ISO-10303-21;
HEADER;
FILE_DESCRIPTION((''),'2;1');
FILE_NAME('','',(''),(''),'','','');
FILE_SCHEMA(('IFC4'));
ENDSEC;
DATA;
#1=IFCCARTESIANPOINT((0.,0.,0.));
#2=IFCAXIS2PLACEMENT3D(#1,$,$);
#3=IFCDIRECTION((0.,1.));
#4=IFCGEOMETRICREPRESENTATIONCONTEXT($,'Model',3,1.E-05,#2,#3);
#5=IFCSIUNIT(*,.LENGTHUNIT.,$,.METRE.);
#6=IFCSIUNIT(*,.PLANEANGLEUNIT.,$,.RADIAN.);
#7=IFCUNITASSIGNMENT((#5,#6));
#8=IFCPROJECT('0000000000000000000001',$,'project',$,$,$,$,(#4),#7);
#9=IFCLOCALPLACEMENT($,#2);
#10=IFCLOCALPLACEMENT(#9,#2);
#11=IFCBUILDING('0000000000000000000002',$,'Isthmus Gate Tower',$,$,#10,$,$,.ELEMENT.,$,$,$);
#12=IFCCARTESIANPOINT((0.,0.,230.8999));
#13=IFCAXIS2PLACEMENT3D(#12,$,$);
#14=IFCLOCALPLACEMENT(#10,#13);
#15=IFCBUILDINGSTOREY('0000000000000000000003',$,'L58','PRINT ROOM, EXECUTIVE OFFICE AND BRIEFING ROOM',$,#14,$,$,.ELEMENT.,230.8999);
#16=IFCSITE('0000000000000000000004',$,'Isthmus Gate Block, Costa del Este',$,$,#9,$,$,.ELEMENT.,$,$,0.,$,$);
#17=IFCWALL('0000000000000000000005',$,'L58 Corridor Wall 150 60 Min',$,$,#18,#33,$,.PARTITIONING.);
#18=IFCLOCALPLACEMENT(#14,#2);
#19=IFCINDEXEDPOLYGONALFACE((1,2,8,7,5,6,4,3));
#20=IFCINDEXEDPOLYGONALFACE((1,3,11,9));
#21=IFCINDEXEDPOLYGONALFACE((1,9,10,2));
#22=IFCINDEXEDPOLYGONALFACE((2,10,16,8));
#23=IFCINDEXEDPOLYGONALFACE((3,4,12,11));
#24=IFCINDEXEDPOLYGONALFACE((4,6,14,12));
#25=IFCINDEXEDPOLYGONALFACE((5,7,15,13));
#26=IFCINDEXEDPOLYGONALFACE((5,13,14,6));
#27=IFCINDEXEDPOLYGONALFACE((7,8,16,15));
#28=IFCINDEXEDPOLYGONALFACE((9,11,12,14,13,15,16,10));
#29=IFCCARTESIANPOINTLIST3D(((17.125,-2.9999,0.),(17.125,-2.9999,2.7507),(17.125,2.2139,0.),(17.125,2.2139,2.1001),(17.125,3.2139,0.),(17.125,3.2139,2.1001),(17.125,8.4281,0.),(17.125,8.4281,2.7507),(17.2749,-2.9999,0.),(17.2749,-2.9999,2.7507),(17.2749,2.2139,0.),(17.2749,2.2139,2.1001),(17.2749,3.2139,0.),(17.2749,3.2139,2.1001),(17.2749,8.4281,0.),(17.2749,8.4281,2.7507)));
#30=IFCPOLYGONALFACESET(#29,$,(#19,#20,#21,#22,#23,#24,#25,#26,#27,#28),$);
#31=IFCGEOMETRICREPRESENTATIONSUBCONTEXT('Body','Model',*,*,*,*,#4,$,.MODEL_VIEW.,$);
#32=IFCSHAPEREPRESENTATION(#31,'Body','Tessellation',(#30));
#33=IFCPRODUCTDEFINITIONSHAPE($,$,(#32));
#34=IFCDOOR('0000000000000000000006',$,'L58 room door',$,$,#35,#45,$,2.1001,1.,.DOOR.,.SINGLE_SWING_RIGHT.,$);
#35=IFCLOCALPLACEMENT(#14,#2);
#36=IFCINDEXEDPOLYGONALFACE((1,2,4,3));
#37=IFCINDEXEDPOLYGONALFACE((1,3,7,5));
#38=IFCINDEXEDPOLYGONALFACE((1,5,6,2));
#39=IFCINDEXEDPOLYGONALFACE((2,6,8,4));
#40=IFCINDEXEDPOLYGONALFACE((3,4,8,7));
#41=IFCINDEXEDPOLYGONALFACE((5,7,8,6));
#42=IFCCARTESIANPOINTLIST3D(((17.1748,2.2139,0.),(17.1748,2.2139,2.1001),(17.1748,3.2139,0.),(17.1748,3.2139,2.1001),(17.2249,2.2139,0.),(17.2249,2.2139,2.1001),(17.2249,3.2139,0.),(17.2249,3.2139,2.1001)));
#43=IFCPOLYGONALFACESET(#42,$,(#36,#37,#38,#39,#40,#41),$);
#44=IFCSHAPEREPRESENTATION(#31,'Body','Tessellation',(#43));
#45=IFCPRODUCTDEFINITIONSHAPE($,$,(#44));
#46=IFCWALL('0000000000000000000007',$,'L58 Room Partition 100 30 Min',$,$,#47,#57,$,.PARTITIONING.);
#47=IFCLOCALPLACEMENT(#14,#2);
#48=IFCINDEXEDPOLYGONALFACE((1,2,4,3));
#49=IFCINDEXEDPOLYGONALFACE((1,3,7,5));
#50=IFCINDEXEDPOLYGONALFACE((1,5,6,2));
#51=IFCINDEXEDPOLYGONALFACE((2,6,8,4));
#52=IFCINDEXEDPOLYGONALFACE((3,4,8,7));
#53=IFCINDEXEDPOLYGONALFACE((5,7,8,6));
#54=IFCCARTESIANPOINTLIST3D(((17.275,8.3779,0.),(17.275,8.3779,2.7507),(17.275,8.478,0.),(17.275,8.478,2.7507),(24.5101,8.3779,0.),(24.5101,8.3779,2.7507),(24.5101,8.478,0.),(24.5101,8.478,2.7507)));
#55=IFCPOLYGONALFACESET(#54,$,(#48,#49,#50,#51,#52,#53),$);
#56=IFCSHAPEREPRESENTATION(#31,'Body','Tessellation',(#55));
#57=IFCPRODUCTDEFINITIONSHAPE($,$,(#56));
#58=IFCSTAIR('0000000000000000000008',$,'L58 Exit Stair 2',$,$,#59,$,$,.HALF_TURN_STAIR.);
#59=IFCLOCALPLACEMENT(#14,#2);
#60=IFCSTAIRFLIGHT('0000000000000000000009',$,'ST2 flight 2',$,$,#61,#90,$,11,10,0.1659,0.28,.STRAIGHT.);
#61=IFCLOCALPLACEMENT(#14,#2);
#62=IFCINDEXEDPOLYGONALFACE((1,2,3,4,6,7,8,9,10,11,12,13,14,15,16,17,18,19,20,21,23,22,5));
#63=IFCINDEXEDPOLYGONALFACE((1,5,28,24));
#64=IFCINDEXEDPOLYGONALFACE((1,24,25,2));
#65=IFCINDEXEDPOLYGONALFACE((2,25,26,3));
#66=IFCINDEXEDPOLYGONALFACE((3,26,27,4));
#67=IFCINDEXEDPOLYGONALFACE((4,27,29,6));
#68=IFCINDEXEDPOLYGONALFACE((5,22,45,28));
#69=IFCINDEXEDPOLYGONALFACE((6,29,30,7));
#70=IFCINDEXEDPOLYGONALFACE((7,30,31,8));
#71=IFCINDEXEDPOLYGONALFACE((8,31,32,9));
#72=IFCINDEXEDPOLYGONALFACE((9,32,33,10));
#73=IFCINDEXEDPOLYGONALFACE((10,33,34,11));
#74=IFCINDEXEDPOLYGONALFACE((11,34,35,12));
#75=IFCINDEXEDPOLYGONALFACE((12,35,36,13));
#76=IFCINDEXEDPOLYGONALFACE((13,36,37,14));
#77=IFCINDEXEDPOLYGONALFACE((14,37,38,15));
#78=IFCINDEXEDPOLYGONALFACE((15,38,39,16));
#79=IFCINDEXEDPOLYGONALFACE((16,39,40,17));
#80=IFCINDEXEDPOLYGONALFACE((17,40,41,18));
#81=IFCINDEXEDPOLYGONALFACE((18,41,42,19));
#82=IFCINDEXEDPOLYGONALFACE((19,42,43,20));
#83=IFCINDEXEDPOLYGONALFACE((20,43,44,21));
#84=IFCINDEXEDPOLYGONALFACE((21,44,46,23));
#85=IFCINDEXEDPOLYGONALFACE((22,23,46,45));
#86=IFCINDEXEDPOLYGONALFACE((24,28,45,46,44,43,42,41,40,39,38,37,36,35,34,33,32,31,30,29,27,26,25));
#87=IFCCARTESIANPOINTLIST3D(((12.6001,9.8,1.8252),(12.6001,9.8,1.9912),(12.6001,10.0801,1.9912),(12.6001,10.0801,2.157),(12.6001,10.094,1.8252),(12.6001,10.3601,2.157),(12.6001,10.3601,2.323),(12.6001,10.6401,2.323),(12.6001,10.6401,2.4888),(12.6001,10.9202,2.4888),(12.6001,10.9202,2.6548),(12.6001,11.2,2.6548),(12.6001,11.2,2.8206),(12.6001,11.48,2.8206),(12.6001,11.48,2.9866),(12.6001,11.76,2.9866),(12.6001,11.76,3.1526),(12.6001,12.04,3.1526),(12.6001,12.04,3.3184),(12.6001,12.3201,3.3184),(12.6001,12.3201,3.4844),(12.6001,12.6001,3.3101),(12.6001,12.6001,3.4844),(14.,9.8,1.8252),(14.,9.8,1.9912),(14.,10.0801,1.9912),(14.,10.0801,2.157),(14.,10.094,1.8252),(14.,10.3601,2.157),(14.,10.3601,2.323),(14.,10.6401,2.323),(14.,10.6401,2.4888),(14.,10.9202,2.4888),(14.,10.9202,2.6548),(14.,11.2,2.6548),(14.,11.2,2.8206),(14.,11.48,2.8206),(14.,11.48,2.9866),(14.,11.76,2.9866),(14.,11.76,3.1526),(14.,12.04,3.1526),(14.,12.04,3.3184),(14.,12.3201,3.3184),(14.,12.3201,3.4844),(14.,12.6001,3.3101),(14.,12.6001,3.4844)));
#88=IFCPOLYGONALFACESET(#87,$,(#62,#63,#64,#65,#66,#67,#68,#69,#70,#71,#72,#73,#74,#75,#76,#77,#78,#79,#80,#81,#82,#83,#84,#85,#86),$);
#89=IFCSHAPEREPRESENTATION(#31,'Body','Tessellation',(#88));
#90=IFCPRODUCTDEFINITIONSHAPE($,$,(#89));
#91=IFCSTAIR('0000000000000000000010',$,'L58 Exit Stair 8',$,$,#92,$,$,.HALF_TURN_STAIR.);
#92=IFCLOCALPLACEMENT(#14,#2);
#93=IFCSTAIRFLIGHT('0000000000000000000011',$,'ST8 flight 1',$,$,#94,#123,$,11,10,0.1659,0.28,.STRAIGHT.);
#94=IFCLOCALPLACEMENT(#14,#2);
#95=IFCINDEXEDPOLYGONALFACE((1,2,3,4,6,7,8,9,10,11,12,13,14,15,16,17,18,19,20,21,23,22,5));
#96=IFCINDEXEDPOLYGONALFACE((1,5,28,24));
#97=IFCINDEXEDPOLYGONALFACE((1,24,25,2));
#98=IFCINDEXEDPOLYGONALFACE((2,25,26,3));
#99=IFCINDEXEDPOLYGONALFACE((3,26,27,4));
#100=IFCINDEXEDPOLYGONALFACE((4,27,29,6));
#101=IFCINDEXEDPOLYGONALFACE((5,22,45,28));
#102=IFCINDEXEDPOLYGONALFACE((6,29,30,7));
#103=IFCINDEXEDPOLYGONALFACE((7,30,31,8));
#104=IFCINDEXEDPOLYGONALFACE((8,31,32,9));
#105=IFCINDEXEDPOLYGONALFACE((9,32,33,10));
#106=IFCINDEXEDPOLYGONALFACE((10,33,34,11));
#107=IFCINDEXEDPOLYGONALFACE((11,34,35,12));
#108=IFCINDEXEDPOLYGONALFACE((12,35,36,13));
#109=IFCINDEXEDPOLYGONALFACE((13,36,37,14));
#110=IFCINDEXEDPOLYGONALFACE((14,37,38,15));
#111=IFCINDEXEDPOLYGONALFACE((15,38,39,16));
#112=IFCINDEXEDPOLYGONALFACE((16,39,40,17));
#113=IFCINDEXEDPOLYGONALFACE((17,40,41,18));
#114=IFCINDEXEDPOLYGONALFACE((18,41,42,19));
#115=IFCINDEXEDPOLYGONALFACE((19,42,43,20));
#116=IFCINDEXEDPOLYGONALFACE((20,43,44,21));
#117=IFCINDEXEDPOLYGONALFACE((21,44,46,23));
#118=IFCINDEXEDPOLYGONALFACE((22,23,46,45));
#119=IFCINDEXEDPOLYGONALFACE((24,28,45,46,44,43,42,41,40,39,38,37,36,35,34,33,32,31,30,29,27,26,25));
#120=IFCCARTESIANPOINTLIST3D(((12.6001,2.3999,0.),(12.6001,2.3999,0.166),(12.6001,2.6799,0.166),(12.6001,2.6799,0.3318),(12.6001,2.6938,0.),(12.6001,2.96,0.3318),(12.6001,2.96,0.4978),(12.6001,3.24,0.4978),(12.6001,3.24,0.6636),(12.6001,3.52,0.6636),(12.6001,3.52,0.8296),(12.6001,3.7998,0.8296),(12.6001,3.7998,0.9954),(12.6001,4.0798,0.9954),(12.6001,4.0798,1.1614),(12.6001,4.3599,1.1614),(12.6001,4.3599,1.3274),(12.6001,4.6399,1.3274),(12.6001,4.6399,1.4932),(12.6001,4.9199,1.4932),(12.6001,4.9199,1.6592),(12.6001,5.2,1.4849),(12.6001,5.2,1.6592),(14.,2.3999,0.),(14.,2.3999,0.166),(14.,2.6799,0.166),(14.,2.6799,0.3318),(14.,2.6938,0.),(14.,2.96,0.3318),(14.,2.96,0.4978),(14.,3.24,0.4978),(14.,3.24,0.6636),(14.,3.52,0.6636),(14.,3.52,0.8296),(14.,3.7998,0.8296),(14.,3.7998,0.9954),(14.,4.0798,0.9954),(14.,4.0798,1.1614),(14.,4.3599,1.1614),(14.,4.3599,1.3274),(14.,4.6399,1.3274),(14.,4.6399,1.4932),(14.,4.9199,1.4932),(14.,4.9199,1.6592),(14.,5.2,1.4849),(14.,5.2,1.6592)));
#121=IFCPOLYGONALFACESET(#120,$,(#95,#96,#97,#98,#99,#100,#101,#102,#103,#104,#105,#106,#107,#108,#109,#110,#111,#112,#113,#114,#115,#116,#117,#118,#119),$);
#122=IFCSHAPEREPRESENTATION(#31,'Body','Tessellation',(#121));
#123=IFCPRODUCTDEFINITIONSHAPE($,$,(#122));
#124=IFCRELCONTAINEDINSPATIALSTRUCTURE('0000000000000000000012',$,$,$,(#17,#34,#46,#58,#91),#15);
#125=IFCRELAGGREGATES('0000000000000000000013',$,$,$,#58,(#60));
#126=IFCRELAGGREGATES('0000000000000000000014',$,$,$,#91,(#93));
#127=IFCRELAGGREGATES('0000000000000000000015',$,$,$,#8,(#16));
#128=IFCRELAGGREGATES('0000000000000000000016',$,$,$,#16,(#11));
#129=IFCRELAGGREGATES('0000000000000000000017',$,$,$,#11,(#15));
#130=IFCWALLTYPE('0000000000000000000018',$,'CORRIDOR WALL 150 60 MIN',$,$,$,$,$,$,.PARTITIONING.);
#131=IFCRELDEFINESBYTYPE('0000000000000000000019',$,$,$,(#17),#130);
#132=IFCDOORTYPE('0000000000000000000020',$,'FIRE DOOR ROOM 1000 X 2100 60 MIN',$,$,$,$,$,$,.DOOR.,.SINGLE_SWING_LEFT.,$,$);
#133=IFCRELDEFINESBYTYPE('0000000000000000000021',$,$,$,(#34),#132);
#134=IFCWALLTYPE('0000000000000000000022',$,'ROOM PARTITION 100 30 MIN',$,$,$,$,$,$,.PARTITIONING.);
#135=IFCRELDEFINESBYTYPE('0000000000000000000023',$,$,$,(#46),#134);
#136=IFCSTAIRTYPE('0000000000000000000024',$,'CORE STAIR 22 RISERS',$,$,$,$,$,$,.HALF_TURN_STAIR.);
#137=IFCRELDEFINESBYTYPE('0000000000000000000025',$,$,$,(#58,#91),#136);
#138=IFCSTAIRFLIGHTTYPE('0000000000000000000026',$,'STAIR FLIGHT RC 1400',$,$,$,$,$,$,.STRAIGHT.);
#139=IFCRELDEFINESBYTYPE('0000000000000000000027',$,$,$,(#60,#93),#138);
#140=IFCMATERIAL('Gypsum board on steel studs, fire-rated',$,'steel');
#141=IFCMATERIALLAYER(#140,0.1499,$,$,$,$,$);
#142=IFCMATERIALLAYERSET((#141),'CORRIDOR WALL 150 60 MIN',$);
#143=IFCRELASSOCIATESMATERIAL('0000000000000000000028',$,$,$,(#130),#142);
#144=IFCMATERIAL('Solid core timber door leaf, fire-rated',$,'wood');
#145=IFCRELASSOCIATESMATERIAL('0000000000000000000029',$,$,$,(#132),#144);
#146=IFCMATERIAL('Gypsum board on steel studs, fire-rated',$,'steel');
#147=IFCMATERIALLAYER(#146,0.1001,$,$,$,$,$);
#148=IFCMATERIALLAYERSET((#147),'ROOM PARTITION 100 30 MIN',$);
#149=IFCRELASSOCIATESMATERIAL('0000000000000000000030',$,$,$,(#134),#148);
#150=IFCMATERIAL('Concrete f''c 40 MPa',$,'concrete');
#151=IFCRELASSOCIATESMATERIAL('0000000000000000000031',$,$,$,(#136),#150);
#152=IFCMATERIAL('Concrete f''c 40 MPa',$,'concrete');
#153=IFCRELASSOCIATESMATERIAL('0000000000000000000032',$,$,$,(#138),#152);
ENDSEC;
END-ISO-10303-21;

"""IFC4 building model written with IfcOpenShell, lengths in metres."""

from ifc_helpers import new_model, si_unit, direction, frame, frame_2d, origin, place, context, subcontext, project, spatial, polyline, rectangle, outline, extrude, material, layer, layer_set, type_object, element, fill, aggregate, save


model = new_model("IFC4")

# Units and contexts
model_context = context("Model", 3, precision=1e-05, world=origin(), true_north=direction((0.0, 1.0)))
body_context = subcontext(model_context, "Body", "Model", "MODEL_VIEW")
ifc_project = project(units=[si_unit("LENGTHUNIT", "METRE"), si_unit("PLANEANGLEUNIT", "RADIAN")], contexts=[model_context])

# Site, building, storey
site_placement = place(None, origin())
site = spatial("IfcSite", under=ifc_project, at=site_placement, Name="Isthmus Gate Block, Costa del Este", CompositionType="ELEMENT", RefElevation=0.0)
building_placement = place(site_placement, origin())
building = spatial("IfcBuilding", under=site, at=building_placement, Name="Isthmus Gate Tower", CompositionType="ELEMENT")
storey_placement = place(building_placement, frame((0.0, 0.0, 230.8999)))
storey = spatial("IfcBuildingStorey", under=building, at=storey_placement, Name="L58", Description="PRINT ROOM, EXECUTIVE OFFICE AND BRIEFING ROOM", CompositionType="ELEMENT", Elevation=230.8999)

# Wall, opening, door
ifc_material_1 = material(Name="Gypsum board on steel studs, fire-rated", Category="steel")
ifc_layer_1 = layer(ifc_material_1, 0.1499)
ifc_layer_set_1 = layer_set([ifc_layer_1], Name="CORRIDOR WALL 150 60 MIN")
wall_type_1 = type_object("IfcWallType", Name="CORRIDOR WALL 150 60 MIN", PredefinedType="PARTITIONING", material=ifc_layer_set_1)
wall_1_placement = place(storey_placement, frame((17.2, 8.428, 0.0), z_axis=(0.0, 0.0, 1.0), x_axis=(0.0, -1.0, 0.0)))
wall_1 = element("IfcWall", 1, at=wall_1_placement, inside=storey, type_object=wall_type_1, Name="L58 Corridor Wall 150 60 Min", PredefinedType="PARTITIONING", context=body_context, shape_type="SweptSolid", body=[
    extrude(rectangle(XDim=11.428, YDim=0.1499, at=frame_2d((5.7139, 0.0))), origin(), (0.0, 0.0, 1.0), 2.7507),
])
opening_placement = place(wall_1_placement, frame((5.2141, 0.0, 0.0)))
opening = element("IfcOpeningElement", 2, at=opening_placement, cuts=wall_1, PredefinedType="OPENING", context=body_context, shape_type="SweptSolid", body=[
    extrude(rectangle(XDim=1.0, YDim=2.1001, at=frame_2d((0.5, 1.05))), frame((0.0, 0.085, 0.0), z_axis=(0.0, -1.0, 0.0), x_axis=(1.0, 0.0, 0.0)), (0.0, 0.0, 1.0), 0.1699),
])
ifc_material_2 = material(Name="Solid core timber door leaf, fire-rated", Category="wood")
door_type = type_object("IfcDoorType", Name="FIRE DOOR ROOM 1000 X 2100 60 MIN", OperationType="SINGLE_SWING_LEFT", PredefinedType="DOOR", material=ifc_material_2)
door_placement = place(opening_placement, origin())
door = element("IfcDoor", 3, at=door_placement, inside=storey, type_object=door_type, Name="L58 room door", OperationType="SINGLE_SWING_RIGHT", OverallHeight=2.1001, OverallWidth=1.0, PredefinedType="DOOR", context=body_context, shape_type="SweptSolid", body=[
    extrude(rectangle(XDim=1.0, YDim=2.1001, at=frame_2d((0.5, 1.05))), frame((0.0, 0.0249, 0.0), z_axis=(0.0, -1.0, 0.0), x_axis=(1.0, 0.0, 0.0)), (0.0, 0.0, 1.0), 0.05),
])
fill(opening, door)

# Wall
ifc_material_3 = material(Name="Gypsum board on steel studs, fire-rated", Category="steel")
ifc_layer_2 = layer(ifc_material_3, 0.1001)
ifc_layer_set_2 = layer_set([ifc_layer_2], Name="ROOM PARTITION 100 30 MIN")
wall_type_2 = type_object("IfcWallType", Name="ROOM PARTITION 100 30 MIN", PredefinedType="PARTITIONING", material=ifc_layer_set_2)
wall_2_placement = place(storey_placement, frame((17.2749, 8.428, 0.0), z_axis=(0.0, 0.0, 1.0), x_axis=(1.0, 0.0, 0.0)))
element("IfcWall", 4, at=wall_2_placement, inside=storey, type_object=wall_type_2, Name="L58 Room Partition 100 30 Min", PredefinedType="PARTITIONING", context=body_context, shape_type="SweptSolid", body=[
    extrude(rectangle(XDim=7.2351, YDim=0.1001, at=frame_2d((3.6177, 0.0))), origin(), (0.0, 0.0, 1.0), 2.7507),
])

# Stairs, stair flights
ifc_material_4 = material(Name="Concrete f'c 40 MPa", Category="concrete")
stair_type = type_object("IfcStairType", Name="CORE STAIR 22 RISERS", PredefinedType="HALF_TURN_STAIR", material=ifc_material_4)
stair_1_placement = place(storey_placement, origin())
stair_1 = element("IfcStair", 5, at=stair_1_placement, inside=storey, type_object=stair_type, Name="L58 Exit Stair 2", PredefinedType="HALF_TURN_STAIR")
ifc_material_5 = material(Name="Concrete f'c 40 MPa", Category="concrete")
stair_flight_type = type_object("IfcStairFlightType", Name="STAIR FLIGHT RC 1400", PredefinedType="STRAIGHT", material=ifc_material_5)
stair_flight_1_placement = place(storey_placement, frame((13.3, 9.8, 1.8252), z_axis=(0.0, 0.0, 1.0), x_axis=(0.0, 1.0, 0.0)))
stair_flight_1 = element("IfcStairFlight", 6, at=stair_flight_1_placement, type_object=stair_flight_type, Name="ST2 flight 2", NumberOfRisers=11, NumberOfTreads=10, PredefinedType="STRAIGHT", RiserHeight=0.1659, TreadLength=0.28, context=body_context, shape_type="SweptSolid", body=[
    extrude(outline(polyline([(0.0, 0.0), (0.0, 0.166), (0.28, 0.166), (0.28, 0.3318), (0.5601, 0.3318), (0.5601, 0.4978), (0.8401, 0.4978), (0.8401, 0.6636), (1.1201, 0.6636), (1.1201, 0.8296), (1.3999, 0.8296), (1.3999, 0.9954), (1.6799, 0.9954), (1.6799, 1.1614), (1.96, 1.1614), (1.96, 1.3274), (2.24, 1.3274), (2.24, 1.4932), (2.52, 1.4932), (2.52, 1.6592), (2.8, 1.6592), (2.8, 1.825), (2.8, 1.4849), (0.2939, 0.0), (0.0, 0.0)])), frame((0.0, 0.7, 0.0), z_axis=(0.0, -1.0, 0.0), x_axis=(1.0, 0.0, 0.0)), (0.0, 0.0, 1.0), 1.3999),
])
aggregate(stair_1, [stair_flight_1])
stair_2_placement = place(storey_placement, origin())
stair_2 = element("IfcStair", 7, at=stair_2_placement, inside=storey, type_object=stair_type, Name="L58 Exit Stair 8", PredefinedType="HALF_TURN_STAIR")
stair_flight_2_placement = place(storey_placement, frame((13.3, 2.3999, 0.0), z_axis=(0.0, 0.0, 1.0), x_axis=(0.0, 1.0, 0.0)))
stair_flight_2 = element("IfcStairFlight", 8, at=stair_flight_2_placement, type_object=stair_flight_type, Name="ST8 flight 1", NumberOfRisers=11, NumberOfTreads=10, PredefinedType="STRAIGHT", RiserHeight=0.1659, TreadLength=0.28, context=body_context, shape_type="SweptSolid", body=[
    extrude(outline(polyline([(0.0, 0.0), (0.0, 0.166), (0.28, 0.166), (0.28, 0.3318), (0.5601, 0.3318), (0.5601, 0.4978), (0.8401, 0.4978), (0.8401, 0.6636), (1.1201, 0.6636), (1.1201, 0.8296), (1.3999, 0.8296), (1.3999, 0.9954), (1.6799, 0.9954), (1.6799, 1.1614), (1.96, 1.1614), (1.96, 1.3274), (2.24, 1.3274), (2.24, 1.4932), (2.52, 1.4932), (2.52, 1.6592), (2.8, 1.6592), (2.8, 1.825), (2.8, 1.4849), (0.2939, 0.0), (0.0, 0.0)])), frame((0.0, 0.7, 0.0), z_axis=(0.0, -1.0, 0.0), x_axis=(1.0, 0.0, 0.0)), (0.0, 0.0, 1.0), 1.3999),
])
aggregate(stair_2, [stair_flight_2])

save(model, "model.ifc")
